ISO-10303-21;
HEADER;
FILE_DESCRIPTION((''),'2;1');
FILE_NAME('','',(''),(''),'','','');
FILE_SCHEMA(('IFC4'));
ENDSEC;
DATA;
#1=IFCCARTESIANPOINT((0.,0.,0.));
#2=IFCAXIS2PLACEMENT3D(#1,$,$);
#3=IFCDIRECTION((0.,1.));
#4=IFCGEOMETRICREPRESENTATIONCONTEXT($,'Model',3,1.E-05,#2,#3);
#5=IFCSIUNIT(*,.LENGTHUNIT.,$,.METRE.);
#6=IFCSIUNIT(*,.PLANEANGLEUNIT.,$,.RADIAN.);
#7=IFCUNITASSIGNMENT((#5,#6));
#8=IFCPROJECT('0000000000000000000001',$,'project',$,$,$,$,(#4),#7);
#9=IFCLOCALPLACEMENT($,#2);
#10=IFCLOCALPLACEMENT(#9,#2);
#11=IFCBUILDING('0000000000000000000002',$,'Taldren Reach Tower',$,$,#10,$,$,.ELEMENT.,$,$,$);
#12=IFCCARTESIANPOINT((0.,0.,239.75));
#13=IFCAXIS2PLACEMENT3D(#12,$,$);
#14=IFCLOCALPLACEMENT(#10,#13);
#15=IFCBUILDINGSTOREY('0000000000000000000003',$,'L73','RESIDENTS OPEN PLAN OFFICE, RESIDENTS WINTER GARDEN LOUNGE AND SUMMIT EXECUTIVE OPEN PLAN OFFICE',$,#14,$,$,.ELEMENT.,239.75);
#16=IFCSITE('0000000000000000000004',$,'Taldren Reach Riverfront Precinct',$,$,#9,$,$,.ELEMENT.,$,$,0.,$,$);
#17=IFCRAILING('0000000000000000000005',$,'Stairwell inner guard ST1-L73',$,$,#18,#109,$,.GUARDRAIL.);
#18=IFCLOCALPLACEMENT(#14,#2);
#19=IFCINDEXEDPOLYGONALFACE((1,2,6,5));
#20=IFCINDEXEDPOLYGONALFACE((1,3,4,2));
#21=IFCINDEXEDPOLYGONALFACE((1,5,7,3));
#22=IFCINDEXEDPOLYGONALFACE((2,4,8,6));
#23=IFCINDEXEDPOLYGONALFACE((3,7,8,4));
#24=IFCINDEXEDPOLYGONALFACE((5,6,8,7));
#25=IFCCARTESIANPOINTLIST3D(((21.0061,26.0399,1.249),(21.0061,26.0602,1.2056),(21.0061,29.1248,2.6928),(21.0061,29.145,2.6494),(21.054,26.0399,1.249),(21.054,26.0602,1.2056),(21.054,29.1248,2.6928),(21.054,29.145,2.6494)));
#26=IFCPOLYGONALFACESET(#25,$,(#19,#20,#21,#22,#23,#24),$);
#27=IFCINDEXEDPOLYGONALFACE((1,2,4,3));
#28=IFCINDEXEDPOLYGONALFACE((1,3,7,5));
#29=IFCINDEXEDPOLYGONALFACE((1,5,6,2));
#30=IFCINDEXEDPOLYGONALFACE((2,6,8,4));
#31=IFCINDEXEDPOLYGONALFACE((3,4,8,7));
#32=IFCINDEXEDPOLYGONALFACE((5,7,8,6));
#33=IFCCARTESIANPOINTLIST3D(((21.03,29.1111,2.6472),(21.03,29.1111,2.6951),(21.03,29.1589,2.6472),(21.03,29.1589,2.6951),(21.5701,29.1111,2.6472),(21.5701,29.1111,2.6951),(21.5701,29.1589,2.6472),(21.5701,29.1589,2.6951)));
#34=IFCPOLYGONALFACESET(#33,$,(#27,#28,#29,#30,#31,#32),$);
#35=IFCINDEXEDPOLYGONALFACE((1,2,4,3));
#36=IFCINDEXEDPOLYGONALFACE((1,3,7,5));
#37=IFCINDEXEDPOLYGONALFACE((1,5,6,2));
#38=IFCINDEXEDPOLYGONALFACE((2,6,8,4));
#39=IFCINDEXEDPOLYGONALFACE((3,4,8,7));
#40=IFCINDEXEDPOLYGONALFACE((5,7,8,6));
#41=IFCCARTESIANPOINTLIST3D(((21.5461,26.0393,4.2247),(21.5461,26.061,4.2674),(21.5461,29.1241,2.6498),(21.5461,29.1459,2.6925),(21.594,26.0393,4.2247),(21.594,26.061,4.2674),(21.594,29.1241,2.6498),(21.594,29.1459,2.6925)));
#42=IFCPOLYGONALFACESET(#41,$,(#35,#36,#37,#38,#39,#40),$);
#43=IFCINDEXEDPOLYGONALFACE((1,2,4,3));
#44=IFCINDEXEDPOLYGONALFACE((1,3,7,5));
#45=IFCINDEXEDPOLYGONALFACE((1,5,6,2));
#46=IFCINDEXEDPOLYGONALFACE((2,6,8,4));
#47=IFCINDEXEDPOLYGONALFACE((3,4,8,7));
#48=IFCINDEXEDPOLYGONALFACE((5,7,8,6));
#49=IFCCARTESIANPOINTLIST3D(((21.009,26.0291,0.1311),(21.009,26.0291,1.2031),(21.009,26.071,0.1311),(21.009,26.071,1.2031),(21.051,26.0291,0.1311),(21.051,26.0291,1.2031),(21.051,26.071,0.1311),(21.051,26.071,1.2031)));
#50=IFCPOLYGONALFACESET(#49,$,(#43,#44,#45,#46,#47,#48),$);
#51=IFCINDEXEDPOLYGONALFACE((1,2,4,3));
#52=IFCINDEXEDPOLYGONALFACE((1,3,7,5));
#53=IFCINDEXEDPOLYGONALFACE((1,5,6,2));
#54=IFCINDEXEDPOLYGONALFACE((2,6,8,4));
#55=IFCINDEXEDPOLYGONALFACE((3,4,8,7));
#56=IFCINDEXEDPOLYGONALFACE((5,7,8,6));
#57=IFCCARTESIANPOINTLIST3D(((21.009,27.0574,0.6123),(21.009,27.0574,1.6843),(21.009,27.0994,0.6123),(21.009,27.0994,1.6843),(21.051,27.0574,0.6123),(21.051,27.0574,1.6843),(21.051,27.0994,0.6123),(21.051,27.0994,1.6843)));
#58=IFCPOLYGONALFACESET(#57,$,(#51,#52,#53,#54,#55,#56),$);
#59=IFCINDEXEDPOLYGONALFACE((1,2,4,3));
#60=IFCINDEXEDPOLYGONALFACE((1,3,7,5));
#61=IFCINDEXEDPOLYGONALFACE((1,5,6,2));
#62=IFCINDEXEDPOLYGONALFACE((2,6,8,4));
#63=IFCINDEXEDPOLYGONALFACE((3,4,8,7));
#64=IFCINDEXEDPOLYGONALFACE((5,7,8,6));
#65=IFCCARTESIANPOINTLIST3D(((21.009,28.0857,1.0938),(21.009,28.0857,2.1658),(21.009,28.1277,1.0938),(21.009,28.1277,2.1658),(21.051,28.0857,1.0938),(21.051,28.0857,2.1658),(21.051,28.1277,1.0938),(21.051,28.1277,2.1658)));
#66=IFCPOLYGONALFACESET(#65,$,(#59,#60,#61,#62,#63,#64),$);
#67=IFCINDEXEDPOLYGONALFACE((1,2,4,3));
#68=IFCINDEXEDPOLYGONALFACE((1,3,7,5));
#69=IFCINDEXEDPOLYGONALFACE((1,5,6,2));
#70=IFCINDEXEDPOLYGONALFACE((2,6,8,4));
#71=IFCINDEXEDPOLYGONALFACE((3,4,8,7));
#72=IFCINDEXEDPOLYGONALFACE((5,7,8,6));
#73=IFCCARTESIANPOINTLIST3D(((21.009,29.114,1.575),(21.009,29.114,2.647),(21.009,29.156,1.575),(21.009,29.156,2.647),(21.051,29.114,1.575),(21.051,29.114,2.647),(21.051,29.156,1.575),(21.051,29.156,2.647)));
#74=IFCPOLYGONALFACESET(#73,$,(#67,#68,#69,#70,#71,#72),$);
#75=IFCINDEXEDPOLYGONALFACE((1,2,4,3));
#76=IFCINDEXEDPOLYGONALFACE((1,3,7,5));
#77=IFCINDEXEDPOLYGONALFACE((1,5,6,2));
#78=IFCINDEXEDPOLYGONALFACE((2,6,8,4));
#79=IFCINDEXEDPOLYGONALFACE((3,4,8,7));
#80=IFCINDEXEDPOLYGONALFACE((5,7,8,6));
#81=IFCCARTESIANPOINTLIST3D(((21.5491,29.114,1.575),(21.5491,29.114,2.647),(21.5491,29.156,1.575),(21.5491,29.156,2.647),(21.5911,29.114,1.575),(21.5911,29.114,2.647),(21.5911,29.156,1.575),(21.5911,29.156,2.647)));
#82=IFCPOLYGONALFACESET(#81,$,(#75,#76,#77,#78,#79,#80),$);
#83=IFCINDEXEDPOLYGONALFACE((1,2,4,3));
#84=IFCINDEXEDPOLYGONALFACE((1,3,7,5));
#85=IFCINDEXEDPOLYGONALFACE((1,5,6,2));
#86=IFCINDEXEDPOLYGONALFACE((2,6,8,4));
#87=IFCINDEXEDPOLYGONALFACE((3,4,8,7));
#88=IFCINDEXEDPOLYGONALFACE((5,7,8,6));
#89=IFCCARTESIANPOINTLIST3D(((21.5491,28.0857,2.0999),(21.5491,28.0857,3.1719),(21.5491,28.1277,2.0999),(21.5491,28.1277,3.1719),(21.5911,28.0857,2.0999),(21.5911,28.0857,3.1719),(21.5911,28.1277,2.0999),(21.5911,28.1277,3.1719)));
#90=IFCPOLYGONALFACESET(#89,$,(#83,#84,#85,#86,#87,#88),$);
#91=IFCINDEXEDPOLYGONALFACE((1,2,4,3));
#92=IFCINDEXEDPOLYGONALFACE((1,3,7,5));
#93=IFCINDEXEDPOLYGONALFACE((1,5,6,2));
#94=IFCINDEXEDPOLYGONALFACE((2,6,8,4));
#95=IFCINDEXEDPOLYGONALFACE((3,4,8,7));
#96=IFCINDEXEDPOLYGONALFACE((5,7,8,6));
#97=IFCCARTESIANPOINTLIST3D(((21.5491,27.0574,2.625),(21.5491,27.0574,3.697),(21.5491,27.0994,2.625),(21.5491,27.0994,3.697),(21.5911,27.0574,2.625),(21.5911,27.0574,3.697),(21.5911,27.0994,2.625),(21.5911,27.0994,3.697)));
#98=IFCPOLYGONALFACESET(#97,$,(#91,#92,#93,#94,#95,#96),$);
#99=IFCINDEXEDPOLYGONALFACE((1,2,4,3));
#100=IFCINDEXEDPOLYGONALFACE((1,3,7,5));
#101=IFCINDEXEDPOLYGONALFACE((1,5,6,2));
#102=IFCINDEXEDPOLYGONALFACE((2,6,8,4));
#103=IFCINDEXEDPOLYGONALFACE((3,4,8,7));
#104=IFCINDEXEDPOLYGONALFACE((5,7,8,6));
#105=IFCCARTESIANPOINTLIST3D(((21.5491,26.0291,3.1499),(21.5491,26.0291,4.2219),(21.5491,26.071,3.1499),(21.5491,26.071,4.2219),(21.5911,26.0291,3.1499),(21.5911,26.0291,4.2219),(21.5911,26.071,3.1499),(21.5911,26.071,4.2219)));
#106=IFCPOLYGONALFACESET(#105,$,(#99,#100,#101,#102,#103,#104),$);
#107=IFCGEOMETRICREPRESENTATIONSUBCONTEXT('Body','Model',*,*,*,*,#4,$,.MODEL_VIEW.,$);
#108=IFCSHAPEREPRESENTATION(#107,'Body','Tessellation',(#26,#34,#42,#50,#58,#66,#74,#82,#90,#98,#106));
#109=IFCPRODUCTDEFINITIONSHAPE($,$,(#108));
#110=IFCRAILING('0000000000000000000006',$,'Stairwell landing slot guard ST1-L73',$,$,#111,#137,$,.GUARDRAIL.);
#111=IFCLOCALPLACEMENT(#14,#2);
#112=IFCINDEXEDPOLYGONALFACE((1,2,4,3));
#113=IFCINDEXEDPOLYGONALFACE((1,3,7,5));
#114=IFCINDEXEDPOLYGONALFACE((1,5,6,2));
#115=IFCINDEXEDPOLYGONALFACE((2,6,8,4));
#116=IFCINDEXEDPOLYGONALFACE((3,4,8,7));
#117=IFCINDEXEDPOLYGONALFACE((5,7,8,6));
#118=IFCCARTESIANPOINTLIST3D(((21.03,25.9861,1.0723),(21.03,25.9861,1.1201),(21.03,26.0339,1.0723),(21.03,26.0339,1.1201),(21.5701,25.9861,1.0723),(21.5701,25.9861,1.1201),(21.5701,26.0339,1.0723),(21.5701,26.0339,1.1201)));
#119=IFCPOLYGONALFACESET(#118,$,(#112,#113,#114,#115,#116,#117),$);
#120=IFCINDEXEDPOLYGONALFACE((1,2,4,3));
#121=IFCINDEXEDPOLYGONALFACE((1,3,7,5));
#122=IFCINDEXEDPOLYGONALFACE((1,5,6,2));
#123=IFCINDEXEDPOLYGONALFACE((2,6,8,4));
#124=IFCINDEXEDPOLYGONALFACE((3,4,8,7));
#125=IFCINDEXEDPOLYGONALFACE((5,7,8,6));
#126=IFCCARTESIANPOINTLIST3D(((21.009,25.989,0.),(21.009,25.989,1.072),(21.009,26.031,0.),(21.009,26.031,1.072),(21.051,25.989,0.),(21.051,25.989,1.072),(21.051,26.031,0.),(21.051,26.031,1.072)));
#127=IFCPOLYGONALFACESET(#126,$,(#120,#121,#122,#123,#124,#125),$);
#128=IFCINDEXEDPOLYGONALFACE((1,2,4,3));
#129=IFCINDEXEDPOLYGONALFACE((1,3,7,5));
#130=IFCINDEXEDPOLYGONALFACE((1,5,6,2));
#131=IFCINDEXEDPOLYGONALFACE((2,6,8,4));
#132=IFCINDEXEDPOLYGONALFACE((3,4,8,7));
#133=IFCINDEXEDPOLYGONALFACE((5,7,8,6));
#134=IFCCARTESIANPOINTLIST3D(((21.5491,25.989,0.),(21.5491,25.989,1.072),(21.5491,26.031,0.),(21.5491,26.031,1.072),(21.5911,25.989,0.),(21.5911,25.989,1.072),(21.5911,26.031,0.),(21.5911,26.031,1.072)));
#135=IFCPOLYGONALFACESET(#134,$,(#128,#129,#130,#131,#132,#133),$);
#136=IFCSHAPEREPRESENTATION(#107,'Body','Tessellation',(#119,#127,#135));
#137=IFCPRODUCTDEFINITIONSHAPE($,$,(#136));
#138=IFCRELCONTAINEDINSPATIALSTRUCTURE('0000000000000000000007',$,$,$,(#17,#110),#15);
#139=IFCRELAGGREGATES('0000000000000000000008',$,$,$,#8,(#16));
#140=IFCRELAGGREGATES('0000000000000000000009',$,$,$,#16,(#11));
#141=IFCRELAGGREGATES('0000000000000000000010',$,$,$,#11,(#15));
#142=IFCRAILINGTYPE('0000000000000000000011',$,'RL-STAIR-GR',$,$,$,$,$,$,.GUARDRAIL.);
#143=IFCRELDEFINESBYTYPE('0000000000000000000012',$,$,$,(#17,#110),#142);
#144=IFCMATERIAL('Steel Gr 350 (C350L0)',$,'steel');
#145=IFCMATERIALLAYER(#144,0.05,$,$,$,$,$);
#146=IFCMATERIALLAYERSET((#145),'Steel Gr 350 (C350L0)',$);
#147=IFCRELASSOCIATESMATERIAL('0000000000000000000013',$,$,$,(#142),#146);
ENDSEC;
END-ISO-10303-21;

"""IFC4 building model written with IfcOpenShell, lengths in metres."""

from ifc_helpers import new_model, si_unit, direction, frame, origin, origin_2d, place, context, subcontext, project, spatial, rectangle, extrude, material, layer, layer_set, type_object, element, save


model = new_model("IFC4")

# Units and contexts
model_context = context("Model", 3, precision=1e-05, world=origin(), true_north=direction((0.0, 1.0)))
body_context = subcontext(model_context, "Body", "Model", "MODEL_VIEW")
ifc_project = project(units=[si_unit("LENGTHUNIT", "METRE"), si_unit("PLANEANGLEUNIT", "RADIAN")], contexts=[model_context])

# Site, building, storey
site_placement = place(None, origin())
site = spatial("IfcSite", under=ifc_project, at=site_placement, Name="Taldren Reach Riverfront Precinct", CompositionType="ELEMENT", RefElevation=0.0)
building_placement = place(site_placement, origin())
building = spatial("IfcBuilding", under=site, at=building_placement, Name="Taldren Reach Tower", CompositionType="ELEMENT")
storey_placement = place(building_placement, frame((0.0, 0.0, 239.75)))
storey = spatial("IfcBuildingStorey", under=building, at=storey_placement, Name="L73", Description="RESIDENTS OPEN PLAN OFFICE, RESIDENTS WINTER GARDEN LOUNGE AND SUMMIT EXECUTIVE OPEN PLAN OFFICE", CompositionType="ELEMENT", Elevation=239.75)

# Shared definitions
ifc_material_1 = material(Name="Steel Gr 350 (C350L0)", Category="steel")

# Railings
ifc_layer_1 = layer(ifc_material_1, 0.05)
ifc_layer_set_1 = layer_set([ifc_layer_1], Name="Steel Gr 350 (C350L0)")
railing_type_1 = type_object("IfcRailingType", Name="RL-STAIR-GR", PredefinedType="GUARDRAIL", material=ifc_layer_set_1)
railing_1_placement = place(storey_placement, frame((21.03, 26.05, 0.1311)))
element("IfcRailing", 1, at=railing_1_placement, inside=storey, type_object=railing_type_1, Name="Stairwell inner guard ST1-L73", PredefinedType="GUARDRAIL", context=body_context, shape_type="SweptSolid", body=[
    extrude(rectangle(XDim=0.0479, YDim=0.0479, at=origin_2d()), frame((0.0, 0.0, 1.0962), z_axis=(0.0, 0.90571, 0.423898), x_axis=(-1.0, 0.0, 0.0)), (0.0, 0.0, 1.0), 3.406),
    extrude(rectangle(XDim=0.0479, YDim=0.0479, at=origin_2d()), frame((0.0, 3.085, 2.54), z_axis=(1.0, 0.0, 0.0), x_axis=(0.0, 1.0, 0.0)), (0.0, 0.0, 1.0), 0.54),
    extrude(rectangle(XDim=0.0479, YDim=0.0479, at=origin_2d()), frame((0.54, 3.085, 2.54), z_axis=(0.0, -0.890646, 0.454697), x_axis=(1.0, 0.0, 0.0)), (0.0, 0.0, 1.0), 3.4636),
    extrude(rectangle(XDim=0.042, YDim=0.042, at=origin_2d()), origin(), (0.0, 0.0, 1.0), 1.072),
    extrude(rectangle(XDim=0.042, YDim=0.042, at=origin_2d()), frame((0.0, 1.0283, 0.4812)), (0.0, 0.0, 1.0), 1.072),
    extrude(rectangle(XDim=0.042, YDim=0.042, at=origin_2d()), frame((0.0, 2.0566, 0.9626)), (0.0, 0.0, 1.0), 1.072),
    extrude(rectangle(XDim=0.042, YDim=0.042, at=origin_2d()), frame((0.0, 3.085, 1.4438)), (0.0, 0.0, 1.0), 1.072),
    extrude(rectangle(XDim=0.042, YDim=0.042, at=origin_2d()), frame((0.54, 3.085, 1.4438)), (0.0, 0.0, 1.0), 1.072),
    extrude(rectangle(XDim=0.042, YDim=0.042, at=origin_2d()), frame((0.54, 2.0566, 1.9688)), (0.0, 0.0, 1.0), 1.072),
    extrude(rectangle(XDim=0.042, YDim=0.042, at=origin_2d()), frame((0.54, 1.0283, 2.4939)), (0.0, 0.0, 1.0), 1.072),
    extrude(rectangle(XDim=0.042, YDim=0.042, at=origin_2d()), frame((0.54, 0.0, 3.0188)), (0.0, 0.0, 1.0), 1.072),
])
railing_2_placement = place(storey_placement, frame((21.03, 26.01, 0.0)))
element("IfcRailing", 2, at=railing_2_placement, inside=storey, type_object=railing_type_1, Name="Stairwell landing slot guard ST1-L73", PredefinedType="GUARDRAIL", context=body_context, shape_type="SweptSolid", body=[
    extrude(rectangle(XDim=0.0479, YDim=0.0479, at=origin_2d()), frame((0.0, 0.0, 1.0962), z_axis=(1.0, 0.0, 0.0), x_axis=(0.0, 1.0, 0.0)), (0.0, 0.0, 1.0), 0.54),
    extrude(rectangle(XDim=0.042, YDim=0.042, at=origin_2d()), origin(), (0.0, 0.0, 1.0), 1.072),
    extrude(rectangle(XDim=0.042, YDim=0.042, at=origin_2d()), frame((0.54, 0.0, 0.0)), (0.0, 0.0, 1.0), 1.072),
])

save(model, "model.ifc")
